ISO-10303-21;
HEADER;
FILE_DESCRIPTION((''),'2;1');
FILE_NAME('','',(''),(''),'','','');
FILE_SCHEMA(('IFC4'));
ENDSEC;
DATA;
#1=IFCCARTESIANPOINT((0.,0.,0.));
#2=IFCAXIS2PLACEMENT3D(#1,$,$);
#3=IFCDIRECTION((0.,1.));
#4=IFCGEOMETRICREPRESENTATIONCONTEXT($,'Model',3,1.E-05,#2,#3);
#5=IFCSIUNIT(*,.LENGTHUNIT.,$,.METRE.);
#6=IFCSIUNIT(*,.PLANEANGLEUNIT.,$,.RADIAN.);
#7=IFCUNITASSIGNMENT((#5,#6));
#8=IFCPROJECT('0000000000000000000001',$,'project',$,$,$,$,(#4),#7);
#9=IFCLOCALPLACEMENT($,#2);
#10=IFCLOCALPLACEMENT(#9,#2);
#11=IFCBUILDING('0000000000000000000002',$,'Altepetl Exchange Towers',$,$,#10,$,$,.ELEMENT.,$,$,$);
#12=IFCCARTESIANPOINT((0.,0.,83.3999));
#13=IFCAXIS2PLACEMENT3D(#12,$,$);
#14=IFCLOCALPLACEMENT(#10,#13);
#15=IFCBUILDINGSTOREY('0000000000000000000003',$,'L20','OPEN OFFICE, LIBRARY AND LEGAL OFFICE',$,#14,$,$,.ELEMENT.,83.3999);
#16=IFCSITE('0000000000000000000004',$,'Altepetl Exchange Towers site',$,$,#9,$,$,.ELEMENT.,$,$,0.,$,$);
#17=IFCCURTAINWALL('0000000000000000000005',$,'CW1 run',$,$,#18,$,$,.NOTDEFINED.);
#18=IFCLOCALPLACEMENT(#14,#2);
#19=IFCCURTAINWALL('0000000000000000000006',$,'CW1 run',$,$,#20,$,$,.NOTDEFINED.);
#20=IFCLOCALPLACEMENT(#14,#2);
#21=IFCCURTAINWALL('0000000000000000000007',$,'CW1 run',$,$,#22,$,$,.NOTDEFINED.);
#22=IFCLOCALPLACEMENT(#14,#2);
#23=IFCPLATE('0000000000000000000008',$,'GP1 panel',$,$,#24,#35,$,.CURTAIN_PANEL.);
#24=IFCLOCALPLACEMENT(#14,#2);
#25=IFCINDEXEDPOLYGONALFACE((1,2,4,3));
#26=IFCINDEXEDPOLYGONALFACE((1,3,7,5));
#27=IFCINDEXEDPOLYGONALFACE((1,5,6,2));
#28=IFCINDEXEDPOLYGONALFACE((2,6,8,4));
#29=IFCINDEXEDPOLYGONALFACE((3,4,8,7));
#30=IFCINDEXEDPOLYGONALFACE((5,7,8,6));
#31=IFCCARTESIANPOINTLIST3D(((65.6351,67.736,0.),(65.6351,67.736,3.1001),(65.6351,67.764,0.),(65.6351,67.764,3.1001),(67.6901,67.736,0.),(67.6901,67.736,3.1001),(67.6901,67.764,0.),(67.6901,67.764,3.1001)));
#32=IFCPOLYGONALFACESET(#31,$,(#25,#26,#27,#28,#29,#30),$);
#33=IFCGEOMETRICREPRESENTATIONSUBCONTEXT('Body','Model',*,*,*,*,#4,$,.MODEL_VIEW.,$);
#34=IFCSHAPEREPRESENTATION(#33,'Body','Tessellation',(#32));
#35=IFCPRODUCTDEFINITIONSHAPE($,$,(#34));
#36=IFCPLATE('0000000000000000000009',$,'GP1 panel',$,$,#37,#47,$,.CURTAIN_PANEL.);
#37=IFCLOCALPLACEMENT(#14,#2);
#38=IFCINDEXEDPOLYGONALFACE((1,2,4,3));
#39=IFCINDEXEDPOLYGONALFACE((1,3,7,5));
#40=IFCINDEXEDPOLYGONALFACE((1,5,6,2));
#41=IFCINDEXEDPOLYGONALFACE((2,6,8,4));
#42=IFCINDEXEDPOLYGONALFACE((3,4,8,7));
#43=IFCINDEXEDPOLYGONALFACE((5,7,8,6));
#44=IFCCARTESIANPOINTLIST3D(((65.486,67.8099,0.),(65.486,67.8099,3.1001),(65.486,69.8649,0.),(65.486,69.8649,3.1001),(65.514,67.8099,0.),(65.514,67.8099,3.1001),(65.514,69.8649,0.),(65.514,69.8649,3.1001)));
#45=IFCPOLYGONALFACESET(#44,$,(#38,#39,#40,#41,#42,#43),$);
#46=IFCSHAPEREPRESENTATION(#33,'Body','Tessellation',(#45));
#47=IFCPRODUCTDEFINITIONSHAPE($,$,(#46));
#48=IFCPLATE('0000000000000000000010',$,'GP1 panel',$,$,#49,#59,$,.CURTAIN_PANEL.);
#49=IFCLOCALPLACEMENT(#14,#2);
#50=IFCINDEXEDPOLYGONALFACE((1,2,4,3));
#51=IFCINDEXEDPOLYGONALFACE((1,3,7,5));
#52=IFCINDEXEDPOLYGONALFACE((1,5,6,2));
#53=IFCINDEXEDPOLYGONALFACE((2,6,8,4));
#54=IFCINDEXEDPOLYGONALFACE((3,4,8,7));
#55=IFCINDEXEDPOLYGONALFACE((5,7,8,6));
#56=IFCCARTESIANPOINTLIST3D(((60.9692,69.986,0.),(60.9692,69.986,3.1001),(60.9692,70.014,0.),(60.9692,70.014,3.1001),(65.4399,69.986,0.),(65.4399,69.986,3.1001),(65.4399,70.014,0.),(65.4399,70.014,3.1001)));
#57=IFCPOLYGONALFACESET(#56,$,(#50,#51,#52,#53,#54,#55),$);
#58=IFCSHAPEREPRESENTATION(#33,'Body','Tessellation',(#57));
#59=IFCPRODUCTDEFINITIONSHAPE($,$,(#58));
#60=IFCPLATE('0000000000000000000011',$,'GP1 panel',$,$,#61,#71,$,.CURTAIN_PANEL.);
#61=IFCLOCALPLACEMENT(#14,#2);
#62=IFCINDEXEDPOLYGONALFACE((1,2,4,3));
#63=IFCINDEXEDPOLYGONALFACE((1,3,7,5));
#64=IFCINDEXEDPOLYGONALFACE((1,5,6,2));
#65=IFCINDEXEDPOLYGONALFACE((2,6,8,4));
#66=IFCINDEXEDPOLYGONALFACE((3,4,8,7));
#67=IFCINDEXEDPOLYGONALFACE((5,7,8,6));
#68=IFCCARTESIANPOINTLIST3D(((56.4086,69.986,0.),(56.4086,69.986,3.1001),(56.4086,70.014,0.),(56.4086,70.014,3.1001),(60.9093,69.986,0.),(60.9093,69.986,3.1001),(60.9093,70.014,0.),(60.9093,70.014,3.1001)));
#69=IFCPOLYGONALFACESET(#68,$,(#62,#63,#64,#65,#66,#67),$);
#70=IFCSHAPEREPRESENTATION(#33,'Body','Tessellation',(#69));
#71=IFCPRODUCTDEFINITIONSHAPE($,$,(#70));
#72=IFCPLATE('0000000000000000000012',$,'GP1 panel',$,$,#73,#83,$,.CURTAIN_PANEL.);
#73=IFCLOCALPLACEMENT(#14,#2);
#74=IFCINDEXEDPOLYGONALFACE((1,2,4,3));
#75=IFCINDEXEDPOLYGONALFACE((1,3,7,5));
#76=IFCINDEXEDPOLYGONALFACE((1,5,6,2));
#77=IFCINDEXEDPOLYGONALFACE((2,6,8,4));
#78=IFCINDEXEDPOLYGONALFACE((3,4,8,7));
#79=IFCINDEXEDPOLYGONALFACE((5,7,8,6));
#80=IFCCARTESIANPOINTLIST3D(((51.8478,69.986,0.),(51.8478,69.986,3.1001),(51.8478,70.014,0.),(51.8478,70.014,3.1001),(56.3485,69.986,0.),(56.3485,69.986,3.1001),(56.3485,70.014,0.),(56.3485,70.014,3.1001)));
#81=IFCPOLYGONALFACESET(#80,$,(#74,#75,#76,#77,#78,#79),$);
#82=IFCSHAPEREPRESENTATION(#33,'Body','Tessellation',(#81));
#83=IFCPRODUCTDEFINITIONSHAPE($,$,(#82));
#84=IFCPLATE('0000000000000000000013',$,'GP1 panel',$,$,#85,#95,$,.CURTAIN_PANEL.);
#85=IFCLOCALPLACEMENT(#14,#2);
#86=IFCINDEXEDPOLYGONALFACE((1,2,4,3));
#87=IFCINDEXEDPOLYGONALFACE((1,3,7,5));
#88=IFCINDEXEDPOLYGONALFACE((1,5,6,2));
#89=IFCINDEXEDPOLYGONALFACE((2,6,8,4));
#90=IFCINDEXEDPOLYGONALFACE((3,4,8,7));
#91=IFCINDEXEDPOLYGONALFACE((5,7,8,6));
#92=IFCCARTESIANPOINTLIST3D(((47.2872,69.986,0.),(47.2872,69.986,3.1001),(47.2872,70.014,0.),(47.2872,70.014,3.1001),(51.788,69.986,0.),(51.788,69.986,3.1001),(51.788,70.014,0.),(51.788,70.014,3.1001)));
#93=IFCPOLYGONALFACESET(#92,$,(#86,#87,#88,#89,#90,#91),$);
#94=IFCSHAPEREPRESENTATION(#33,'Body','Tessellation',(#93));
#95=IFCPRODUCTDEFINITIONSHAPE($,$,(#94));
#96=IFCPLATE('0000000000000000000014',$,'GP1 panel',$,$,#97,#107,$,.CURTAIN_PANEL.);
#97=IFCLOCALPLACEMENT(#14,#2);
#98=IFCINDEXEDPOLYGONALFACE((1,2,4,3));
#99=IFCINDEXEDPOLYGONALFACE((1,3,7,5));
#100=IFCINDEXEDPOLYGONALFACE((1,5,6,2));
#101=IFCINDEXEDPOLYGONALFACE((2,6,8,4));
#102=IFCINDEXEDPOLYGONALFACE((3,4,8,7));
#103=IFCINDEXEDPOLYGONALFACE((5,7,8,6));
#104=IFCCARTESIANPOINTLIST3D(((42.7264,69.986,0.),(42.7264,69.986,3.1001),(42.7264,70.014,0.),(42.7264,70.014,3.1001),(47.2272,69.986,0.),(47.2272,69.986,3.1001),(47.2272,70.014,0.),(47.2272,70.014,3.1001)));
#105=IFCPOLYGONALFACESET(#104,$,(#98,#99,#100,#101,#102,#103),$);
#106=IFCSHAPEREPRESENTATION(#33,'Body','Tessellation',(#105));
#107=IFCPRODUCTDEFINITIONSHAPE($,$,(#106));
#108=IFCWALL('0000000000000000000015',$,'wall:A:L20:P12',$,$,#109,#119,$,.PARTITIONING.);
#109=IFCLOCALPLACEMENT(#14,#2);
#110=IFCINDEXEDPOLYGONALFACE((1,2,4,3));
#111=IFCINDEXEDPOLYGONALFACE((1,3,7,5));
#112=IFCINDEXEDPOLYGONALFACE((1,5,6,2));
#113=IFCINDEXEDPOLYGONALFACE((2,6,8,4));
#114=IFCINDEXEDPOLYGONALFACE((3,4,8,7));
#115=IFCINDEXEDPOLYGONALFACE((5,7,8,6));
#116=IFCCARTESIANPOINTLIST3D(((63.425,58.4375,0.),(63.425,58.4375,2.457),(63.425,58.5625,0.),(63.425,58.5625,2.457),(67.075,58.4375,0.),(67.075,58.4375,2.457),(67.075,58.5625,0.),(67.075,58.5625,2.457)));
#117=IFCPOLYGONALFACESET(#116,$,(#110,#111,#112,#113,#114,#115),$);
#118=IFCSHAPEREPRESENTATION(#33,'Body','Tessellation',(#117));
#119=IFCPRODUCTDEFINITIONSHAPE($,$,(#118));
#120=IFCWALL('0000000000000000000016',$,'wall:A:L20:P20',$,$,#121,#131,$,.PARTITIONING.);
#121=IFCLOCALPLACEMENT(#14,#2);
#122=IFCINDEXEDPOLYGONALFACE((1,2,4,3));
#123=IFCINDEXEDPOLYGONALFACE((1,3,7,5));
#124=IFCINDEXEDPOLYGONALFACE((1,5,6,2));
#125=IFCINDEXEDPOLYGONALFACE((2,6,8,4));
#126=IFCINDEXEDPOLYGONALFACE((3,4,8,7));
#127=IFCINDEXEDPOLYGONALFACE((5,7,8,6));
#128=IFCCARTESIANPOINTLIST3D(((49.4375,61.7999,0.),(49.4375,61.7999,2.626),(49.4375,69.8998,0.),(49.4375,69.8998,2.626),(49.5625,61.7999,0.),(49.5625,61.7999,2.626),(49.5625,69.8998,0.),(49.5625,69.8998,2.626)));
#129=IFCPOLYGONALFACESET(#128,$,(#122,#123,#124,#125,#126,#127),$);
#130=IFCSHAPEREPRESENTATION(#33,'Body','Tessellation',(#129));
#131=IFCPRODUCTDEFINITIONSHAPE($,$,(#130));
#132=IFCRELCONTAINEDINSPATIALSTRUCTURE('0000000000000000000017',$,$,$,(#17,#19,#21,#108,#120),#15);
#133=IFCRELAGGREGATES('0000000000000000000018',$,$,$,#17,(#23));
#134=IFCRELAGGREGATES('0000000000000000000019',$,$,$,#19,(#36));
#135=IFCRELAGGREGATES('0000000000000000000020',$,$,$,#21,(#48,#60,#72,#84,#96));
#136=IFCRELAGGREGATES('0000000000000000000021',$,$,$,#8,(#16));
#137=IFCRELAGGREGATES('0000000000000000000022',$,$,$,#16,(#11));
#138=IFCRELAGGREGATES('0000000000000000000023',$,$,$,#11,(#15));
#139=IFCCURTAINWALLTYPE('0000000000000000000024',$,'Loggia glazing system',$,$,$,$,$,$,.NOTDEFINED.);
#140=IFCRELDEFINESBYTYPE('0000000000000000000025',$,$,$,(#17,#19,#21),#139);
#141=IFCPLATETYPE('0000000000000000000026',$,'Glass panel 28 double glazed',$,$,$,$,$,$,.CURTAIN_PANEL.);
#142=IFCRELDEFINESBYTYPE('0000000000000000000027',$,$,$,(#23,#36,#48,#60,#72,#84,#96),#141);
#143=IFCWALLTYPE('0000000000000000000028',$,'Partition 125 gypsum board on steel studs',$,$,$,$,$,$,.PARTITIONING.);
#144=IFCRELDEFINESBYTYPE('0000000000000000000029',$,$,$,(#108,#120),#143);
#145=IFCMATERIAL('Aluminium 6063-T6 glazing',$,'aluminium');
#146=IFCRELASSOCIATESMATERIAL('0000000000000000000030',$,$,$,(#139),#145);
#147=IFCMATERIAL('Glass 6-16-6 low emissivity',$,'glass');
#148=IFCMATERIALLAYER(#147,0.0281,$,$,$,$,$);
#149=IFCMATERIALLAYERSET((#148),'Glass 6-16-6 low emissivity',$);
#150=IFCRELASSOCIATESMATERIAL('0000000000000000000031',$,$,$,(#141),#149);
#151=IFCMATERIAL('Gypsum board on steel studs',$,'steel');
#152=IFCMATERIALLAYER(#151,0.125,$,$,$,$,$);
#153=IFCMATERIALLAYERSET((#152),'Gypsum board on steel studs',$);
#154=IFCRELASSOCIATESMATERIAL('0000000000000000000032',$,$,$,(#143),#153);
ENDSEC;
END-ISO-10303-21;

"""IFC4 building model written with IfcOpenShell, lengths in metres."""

from ifc_helpers import new_model, si_unit, direction, frame, frame_2d, origin, origin_2d, place, context, subcontext, project, spatial, rectangle, extrude, material, layer, layer_set, type_object, element, aggregate, save


model = new_model("IFC4")

# Units and contexts
model_context = context("Model", 3, precision=1e-05, world=origin(), true_north=direction((0.0, 1.0)))
body_context = subcontext(model_context, "Body", "Model", "MODEL_VIEW")
ifc_project = project(units=[si_unit("LENGTHUNIT", "METRE"), si_unit("PLANEANGLEUNIT", "RADIAN")], contexts=[model_context])

# Site, building, storey
site_placement = place(None, origin())
site = spatial("IfcSite", under=ifc_project, at=site_placement, Name="Altepetl Exchange Towers site", CompositionType="ELEMENT", RefElevation=0.0)
building_placement = place(site_placement, origin())
building = spatial("IfcBuilding", under=site, at=building_placement, Name="Altepetl Exchange Towers", CompositionType="ELEMENT")
storey_placement = place(building_placement, frame((0.0, 0.0, 83.3999)))
storey = spatial("IfcBuildingStorey", under=building, at=storey_placement, Name="L20", Description="OPEN OFFICE, LIBRARY AND LEGAL OFFICE", CompositionType="ELEMENT", Elevation=83.3999)

# Curtain wall
ifc_material_1 = material(Name="Aluminium 6063-T6 glazing", Category="aluminium")
curtain_wall_type = type_object("IfcCurtainWallType", Name="Loggia glazing system", PredefinedType="NOTDEFINED", material=ifc_material_1)
curtain_wall_1_placement = place(storey_placement, origin())
curtain_wall_1 = element("IfcCurtainWall", 1, at=curtain_wall_1_placement, inside=storey, type_object=curtain_wall_type, Name="CW1 run", PredefinedType="NOTDEFINED")

# Curtain walls
curtain_wall_2_placement = place(storey_placement, origin())
curtain_wall_2 = element("IfcCurtainWall", 2, at=curtain_wall_2_placement, inside=storey, type_object=curtain_wall_type, Name="CW1 run", PredefinedType="NOTDEFINED")
curtain_wall_3_placement = place(storey_placement, origin())
curtain_wall_3 = element("IfcCurtainWall", 3, at=curtain_wall_3_placement, inside=storey, type_object=curtain_wall_type, Name="CW1 run", PredefinedType="NOTDEFINED")

# Plates
ifc_material_2 = material(Name="Glass 6-16-6 low emissivity", Category="glass")
ifc_layer_1 = layer(ifc_material_2, 0.0281)
ifc_layer_set_1 = layer_set([ifc_layer_1], Name="Glass 6-16-6 low emissivity")
plate_type = type_object("IfcPlateType", Name="Glass panel 28 double glazed", PredefinedType="CURTAIN_PANEL", material=ifc_layer_set_1)
plate_1_placement = place(storey_placement, frame((66.6626, 67.75, 0.0), z_axis=(0.0, 0.0, 1.0), x_axis=(-1.0, 0.0, 0.0)))
plate_1 = element("IfcPlate", 4, at=plate_1_placement, type_object=plate_type, Name="GP1 panel", PredefinedType="CURTAIN_PANEL", context=body_context, shape_type="SweptSolid", body=[
    extrude(rectangle(XDim=2.0549, YDim=0.0281, at=origin_2d()), origin(), (0.0, 0.0, 1.0), 3.1001),
])
aggregate(curtain_wall_1, [plate_1])
plate_2_placement = place(storey_placement, frame((65.5, 68.8374, 0.0), z_axis=(0.0, 0.0, 1.0), x_axis=(0.0, 1.0, 0.0)))
plate_2 = element("IfcPlate", 5, at=plate_2_placement, type_object=plate_type, Name="GP1 panel", PredefinedType="CURTAIN_PANEL", context=body_context, shape_type="SweptSolid", body=[
    extrude(rectangle(XDim=2.0549, YDim=0.0281, at=origin_2d()), origin(), (0.0, 0.0, 1.0), 3.1001),
])
aggregate(curtain_wall_2, [plate_2])
plate_3_placement = place(storey_placement, frame((63.2046, 70.0, 0.0), z_axis=(0.0, 0.0, 1.0), x_axis=(-1.0, 0.0, 0.0)))
plate_3 = element("IfcPlate", 6, at=plate_3_placement, type_object=plate_type, Name="GP1 panel", PredefinedType="CURTAIN_PANEL", context=body_context, shape_type="SweptSolid", body=[
    extrude(rectangle(XDim=4.4707, YDim=0.0281, at=origin_2d()), origin(), (0.0, 0.0, 1.0), 3.1001),
])
plate_4_placement = place(storey_placement, frame((58.6589, 70.0, 0.0), z_axis=(0.0, 0.0, 1.0), x_axis=(-1.0, 0.0, 0.0)))
plate_4 = element("IfcPlate", 7, at=plate_4_placement, type_object=plate_type, Name="GP1 panel", PredefinedType="CURTAIN_PANEL", context=body_context, shape_type="SweptSolid", body=[
    extrude(rectangle(XDim=4.5007, YDim=0.0281, at=origin_2d()), origin(), (0.0, 0.0, 1.0), 3.1001),
])
plate_5_placement = place(storey_placement, frame((54.0981, 70.0, 0.0), z_axis=(0.0, 0.0, 1.0), x_axis=(-1.0, 0.0, 0.0)))
plate_5 = element("IfcPlate", 8, at=plate_5_placement, type_object=plate_type, Name="GP1 panel", PredefinedType="CURTAIN_PANEL", context=body_context, shape_type="SweptSolid", body=[
    extrude(rectangle(XDim=4.5007, YDim=0.0281, at=origin_2d()), origin(), (0.0, 0.0, 1.0), 3.1001),
])
plate_6_placement = place(storey_placement, frame((49.5376, 70.0, 0.0), z_axis=(0.0, 0.0, 1.0), x_axis=(-1.0, 0.0, 0.0)))
plate_6 = element("IfcPlate", 9, at=plate_6_placement, type_object=plate_type, Name="GP1 panel", PredefinedType="CURTAIN_PANEL", context=body_context, shape_type="SweptSolid", body=[
    extrude(rectangle(XDim=4.5007, YDim=0.0281, at=origin_2d()), origin(), (0.0, 0.0, 1.0), 3.1001),
])
plate_7_placement = place(storey_placement, frame((44.9768, 70.0, 0.0), z_axis=(0.0, 0.0, 1.0), x_axis=(-1.0, 0.0, 0.0)))
plate_7 = element("IfcPlate", 10, at=plate_7_placement, type_object=plate_type, Name="GP1 panel", PredefinedType="CURTAIN_PANEL", context=body_context, shape_type="SweptSolid", body=[
    extrude(rectangle(XDim=4.5007, YDim=0.0281, at=origin_2d()), origin(), (0.0, 0.0, 1.0), 3.1001),
])
aggregate(curtain_wall_3, [plate_3, plate_4, plate_5, plate_6, plate_7])

# Walls
ifc_material_3 = material(Name="Gypsum board on steel studs", Category="steel")
ifc_layer_2 = layer(ifc_material_3, 0.125)
ifc_layer_set_2 = layer_set([ifc_layer_2], Name="Gypsum board on steel studs")
wall_type = type_object("IfcWallType", Name="Partition 125 gypsum board on steel studs", PredefinedType="PARTITIONING", material=ifc_layer_set_2)
wall_1_placement = place(storey_placement, frame((63.425, 58.5, 0.0)))
element("IfcWall", 11, at=wall_1_placement, inside=storey, type_object=wall_type, Name="wall:A:L20:P12", PredefinedType="PARTITIONING", context=body_context, shape_type="SweptSolid", body=[
    extrude(rectangle(XDim=3.6499, YDim=0.125, at=frame_2d((1.825, 0.0))), origin(), (0.0, 0.0, 1.0), 2.457),
])
wall_2_placement = place(storey_placement, frame((49.5, 61.8, 0.0), z_axis=(0.0, 0.0, 1.0), x_axis=(0.0, 1.0, 0.0)))
element("IfcWall", 12, at=wall_2_placement, inside=storey, type_object=wall_type, Name="wall:A:L20:P20", PredefinedType="PARTITIONING", context=body_context, shape_type="SweptSolid", body=[
    extrude(rectangle(XDim=8.0999, YDim=0.125, at=frame_2d((4.0498, 0.0))), origin(), (0.0, 0.0, 1.0), 2.626),
])

save(model, "model.ifc")
